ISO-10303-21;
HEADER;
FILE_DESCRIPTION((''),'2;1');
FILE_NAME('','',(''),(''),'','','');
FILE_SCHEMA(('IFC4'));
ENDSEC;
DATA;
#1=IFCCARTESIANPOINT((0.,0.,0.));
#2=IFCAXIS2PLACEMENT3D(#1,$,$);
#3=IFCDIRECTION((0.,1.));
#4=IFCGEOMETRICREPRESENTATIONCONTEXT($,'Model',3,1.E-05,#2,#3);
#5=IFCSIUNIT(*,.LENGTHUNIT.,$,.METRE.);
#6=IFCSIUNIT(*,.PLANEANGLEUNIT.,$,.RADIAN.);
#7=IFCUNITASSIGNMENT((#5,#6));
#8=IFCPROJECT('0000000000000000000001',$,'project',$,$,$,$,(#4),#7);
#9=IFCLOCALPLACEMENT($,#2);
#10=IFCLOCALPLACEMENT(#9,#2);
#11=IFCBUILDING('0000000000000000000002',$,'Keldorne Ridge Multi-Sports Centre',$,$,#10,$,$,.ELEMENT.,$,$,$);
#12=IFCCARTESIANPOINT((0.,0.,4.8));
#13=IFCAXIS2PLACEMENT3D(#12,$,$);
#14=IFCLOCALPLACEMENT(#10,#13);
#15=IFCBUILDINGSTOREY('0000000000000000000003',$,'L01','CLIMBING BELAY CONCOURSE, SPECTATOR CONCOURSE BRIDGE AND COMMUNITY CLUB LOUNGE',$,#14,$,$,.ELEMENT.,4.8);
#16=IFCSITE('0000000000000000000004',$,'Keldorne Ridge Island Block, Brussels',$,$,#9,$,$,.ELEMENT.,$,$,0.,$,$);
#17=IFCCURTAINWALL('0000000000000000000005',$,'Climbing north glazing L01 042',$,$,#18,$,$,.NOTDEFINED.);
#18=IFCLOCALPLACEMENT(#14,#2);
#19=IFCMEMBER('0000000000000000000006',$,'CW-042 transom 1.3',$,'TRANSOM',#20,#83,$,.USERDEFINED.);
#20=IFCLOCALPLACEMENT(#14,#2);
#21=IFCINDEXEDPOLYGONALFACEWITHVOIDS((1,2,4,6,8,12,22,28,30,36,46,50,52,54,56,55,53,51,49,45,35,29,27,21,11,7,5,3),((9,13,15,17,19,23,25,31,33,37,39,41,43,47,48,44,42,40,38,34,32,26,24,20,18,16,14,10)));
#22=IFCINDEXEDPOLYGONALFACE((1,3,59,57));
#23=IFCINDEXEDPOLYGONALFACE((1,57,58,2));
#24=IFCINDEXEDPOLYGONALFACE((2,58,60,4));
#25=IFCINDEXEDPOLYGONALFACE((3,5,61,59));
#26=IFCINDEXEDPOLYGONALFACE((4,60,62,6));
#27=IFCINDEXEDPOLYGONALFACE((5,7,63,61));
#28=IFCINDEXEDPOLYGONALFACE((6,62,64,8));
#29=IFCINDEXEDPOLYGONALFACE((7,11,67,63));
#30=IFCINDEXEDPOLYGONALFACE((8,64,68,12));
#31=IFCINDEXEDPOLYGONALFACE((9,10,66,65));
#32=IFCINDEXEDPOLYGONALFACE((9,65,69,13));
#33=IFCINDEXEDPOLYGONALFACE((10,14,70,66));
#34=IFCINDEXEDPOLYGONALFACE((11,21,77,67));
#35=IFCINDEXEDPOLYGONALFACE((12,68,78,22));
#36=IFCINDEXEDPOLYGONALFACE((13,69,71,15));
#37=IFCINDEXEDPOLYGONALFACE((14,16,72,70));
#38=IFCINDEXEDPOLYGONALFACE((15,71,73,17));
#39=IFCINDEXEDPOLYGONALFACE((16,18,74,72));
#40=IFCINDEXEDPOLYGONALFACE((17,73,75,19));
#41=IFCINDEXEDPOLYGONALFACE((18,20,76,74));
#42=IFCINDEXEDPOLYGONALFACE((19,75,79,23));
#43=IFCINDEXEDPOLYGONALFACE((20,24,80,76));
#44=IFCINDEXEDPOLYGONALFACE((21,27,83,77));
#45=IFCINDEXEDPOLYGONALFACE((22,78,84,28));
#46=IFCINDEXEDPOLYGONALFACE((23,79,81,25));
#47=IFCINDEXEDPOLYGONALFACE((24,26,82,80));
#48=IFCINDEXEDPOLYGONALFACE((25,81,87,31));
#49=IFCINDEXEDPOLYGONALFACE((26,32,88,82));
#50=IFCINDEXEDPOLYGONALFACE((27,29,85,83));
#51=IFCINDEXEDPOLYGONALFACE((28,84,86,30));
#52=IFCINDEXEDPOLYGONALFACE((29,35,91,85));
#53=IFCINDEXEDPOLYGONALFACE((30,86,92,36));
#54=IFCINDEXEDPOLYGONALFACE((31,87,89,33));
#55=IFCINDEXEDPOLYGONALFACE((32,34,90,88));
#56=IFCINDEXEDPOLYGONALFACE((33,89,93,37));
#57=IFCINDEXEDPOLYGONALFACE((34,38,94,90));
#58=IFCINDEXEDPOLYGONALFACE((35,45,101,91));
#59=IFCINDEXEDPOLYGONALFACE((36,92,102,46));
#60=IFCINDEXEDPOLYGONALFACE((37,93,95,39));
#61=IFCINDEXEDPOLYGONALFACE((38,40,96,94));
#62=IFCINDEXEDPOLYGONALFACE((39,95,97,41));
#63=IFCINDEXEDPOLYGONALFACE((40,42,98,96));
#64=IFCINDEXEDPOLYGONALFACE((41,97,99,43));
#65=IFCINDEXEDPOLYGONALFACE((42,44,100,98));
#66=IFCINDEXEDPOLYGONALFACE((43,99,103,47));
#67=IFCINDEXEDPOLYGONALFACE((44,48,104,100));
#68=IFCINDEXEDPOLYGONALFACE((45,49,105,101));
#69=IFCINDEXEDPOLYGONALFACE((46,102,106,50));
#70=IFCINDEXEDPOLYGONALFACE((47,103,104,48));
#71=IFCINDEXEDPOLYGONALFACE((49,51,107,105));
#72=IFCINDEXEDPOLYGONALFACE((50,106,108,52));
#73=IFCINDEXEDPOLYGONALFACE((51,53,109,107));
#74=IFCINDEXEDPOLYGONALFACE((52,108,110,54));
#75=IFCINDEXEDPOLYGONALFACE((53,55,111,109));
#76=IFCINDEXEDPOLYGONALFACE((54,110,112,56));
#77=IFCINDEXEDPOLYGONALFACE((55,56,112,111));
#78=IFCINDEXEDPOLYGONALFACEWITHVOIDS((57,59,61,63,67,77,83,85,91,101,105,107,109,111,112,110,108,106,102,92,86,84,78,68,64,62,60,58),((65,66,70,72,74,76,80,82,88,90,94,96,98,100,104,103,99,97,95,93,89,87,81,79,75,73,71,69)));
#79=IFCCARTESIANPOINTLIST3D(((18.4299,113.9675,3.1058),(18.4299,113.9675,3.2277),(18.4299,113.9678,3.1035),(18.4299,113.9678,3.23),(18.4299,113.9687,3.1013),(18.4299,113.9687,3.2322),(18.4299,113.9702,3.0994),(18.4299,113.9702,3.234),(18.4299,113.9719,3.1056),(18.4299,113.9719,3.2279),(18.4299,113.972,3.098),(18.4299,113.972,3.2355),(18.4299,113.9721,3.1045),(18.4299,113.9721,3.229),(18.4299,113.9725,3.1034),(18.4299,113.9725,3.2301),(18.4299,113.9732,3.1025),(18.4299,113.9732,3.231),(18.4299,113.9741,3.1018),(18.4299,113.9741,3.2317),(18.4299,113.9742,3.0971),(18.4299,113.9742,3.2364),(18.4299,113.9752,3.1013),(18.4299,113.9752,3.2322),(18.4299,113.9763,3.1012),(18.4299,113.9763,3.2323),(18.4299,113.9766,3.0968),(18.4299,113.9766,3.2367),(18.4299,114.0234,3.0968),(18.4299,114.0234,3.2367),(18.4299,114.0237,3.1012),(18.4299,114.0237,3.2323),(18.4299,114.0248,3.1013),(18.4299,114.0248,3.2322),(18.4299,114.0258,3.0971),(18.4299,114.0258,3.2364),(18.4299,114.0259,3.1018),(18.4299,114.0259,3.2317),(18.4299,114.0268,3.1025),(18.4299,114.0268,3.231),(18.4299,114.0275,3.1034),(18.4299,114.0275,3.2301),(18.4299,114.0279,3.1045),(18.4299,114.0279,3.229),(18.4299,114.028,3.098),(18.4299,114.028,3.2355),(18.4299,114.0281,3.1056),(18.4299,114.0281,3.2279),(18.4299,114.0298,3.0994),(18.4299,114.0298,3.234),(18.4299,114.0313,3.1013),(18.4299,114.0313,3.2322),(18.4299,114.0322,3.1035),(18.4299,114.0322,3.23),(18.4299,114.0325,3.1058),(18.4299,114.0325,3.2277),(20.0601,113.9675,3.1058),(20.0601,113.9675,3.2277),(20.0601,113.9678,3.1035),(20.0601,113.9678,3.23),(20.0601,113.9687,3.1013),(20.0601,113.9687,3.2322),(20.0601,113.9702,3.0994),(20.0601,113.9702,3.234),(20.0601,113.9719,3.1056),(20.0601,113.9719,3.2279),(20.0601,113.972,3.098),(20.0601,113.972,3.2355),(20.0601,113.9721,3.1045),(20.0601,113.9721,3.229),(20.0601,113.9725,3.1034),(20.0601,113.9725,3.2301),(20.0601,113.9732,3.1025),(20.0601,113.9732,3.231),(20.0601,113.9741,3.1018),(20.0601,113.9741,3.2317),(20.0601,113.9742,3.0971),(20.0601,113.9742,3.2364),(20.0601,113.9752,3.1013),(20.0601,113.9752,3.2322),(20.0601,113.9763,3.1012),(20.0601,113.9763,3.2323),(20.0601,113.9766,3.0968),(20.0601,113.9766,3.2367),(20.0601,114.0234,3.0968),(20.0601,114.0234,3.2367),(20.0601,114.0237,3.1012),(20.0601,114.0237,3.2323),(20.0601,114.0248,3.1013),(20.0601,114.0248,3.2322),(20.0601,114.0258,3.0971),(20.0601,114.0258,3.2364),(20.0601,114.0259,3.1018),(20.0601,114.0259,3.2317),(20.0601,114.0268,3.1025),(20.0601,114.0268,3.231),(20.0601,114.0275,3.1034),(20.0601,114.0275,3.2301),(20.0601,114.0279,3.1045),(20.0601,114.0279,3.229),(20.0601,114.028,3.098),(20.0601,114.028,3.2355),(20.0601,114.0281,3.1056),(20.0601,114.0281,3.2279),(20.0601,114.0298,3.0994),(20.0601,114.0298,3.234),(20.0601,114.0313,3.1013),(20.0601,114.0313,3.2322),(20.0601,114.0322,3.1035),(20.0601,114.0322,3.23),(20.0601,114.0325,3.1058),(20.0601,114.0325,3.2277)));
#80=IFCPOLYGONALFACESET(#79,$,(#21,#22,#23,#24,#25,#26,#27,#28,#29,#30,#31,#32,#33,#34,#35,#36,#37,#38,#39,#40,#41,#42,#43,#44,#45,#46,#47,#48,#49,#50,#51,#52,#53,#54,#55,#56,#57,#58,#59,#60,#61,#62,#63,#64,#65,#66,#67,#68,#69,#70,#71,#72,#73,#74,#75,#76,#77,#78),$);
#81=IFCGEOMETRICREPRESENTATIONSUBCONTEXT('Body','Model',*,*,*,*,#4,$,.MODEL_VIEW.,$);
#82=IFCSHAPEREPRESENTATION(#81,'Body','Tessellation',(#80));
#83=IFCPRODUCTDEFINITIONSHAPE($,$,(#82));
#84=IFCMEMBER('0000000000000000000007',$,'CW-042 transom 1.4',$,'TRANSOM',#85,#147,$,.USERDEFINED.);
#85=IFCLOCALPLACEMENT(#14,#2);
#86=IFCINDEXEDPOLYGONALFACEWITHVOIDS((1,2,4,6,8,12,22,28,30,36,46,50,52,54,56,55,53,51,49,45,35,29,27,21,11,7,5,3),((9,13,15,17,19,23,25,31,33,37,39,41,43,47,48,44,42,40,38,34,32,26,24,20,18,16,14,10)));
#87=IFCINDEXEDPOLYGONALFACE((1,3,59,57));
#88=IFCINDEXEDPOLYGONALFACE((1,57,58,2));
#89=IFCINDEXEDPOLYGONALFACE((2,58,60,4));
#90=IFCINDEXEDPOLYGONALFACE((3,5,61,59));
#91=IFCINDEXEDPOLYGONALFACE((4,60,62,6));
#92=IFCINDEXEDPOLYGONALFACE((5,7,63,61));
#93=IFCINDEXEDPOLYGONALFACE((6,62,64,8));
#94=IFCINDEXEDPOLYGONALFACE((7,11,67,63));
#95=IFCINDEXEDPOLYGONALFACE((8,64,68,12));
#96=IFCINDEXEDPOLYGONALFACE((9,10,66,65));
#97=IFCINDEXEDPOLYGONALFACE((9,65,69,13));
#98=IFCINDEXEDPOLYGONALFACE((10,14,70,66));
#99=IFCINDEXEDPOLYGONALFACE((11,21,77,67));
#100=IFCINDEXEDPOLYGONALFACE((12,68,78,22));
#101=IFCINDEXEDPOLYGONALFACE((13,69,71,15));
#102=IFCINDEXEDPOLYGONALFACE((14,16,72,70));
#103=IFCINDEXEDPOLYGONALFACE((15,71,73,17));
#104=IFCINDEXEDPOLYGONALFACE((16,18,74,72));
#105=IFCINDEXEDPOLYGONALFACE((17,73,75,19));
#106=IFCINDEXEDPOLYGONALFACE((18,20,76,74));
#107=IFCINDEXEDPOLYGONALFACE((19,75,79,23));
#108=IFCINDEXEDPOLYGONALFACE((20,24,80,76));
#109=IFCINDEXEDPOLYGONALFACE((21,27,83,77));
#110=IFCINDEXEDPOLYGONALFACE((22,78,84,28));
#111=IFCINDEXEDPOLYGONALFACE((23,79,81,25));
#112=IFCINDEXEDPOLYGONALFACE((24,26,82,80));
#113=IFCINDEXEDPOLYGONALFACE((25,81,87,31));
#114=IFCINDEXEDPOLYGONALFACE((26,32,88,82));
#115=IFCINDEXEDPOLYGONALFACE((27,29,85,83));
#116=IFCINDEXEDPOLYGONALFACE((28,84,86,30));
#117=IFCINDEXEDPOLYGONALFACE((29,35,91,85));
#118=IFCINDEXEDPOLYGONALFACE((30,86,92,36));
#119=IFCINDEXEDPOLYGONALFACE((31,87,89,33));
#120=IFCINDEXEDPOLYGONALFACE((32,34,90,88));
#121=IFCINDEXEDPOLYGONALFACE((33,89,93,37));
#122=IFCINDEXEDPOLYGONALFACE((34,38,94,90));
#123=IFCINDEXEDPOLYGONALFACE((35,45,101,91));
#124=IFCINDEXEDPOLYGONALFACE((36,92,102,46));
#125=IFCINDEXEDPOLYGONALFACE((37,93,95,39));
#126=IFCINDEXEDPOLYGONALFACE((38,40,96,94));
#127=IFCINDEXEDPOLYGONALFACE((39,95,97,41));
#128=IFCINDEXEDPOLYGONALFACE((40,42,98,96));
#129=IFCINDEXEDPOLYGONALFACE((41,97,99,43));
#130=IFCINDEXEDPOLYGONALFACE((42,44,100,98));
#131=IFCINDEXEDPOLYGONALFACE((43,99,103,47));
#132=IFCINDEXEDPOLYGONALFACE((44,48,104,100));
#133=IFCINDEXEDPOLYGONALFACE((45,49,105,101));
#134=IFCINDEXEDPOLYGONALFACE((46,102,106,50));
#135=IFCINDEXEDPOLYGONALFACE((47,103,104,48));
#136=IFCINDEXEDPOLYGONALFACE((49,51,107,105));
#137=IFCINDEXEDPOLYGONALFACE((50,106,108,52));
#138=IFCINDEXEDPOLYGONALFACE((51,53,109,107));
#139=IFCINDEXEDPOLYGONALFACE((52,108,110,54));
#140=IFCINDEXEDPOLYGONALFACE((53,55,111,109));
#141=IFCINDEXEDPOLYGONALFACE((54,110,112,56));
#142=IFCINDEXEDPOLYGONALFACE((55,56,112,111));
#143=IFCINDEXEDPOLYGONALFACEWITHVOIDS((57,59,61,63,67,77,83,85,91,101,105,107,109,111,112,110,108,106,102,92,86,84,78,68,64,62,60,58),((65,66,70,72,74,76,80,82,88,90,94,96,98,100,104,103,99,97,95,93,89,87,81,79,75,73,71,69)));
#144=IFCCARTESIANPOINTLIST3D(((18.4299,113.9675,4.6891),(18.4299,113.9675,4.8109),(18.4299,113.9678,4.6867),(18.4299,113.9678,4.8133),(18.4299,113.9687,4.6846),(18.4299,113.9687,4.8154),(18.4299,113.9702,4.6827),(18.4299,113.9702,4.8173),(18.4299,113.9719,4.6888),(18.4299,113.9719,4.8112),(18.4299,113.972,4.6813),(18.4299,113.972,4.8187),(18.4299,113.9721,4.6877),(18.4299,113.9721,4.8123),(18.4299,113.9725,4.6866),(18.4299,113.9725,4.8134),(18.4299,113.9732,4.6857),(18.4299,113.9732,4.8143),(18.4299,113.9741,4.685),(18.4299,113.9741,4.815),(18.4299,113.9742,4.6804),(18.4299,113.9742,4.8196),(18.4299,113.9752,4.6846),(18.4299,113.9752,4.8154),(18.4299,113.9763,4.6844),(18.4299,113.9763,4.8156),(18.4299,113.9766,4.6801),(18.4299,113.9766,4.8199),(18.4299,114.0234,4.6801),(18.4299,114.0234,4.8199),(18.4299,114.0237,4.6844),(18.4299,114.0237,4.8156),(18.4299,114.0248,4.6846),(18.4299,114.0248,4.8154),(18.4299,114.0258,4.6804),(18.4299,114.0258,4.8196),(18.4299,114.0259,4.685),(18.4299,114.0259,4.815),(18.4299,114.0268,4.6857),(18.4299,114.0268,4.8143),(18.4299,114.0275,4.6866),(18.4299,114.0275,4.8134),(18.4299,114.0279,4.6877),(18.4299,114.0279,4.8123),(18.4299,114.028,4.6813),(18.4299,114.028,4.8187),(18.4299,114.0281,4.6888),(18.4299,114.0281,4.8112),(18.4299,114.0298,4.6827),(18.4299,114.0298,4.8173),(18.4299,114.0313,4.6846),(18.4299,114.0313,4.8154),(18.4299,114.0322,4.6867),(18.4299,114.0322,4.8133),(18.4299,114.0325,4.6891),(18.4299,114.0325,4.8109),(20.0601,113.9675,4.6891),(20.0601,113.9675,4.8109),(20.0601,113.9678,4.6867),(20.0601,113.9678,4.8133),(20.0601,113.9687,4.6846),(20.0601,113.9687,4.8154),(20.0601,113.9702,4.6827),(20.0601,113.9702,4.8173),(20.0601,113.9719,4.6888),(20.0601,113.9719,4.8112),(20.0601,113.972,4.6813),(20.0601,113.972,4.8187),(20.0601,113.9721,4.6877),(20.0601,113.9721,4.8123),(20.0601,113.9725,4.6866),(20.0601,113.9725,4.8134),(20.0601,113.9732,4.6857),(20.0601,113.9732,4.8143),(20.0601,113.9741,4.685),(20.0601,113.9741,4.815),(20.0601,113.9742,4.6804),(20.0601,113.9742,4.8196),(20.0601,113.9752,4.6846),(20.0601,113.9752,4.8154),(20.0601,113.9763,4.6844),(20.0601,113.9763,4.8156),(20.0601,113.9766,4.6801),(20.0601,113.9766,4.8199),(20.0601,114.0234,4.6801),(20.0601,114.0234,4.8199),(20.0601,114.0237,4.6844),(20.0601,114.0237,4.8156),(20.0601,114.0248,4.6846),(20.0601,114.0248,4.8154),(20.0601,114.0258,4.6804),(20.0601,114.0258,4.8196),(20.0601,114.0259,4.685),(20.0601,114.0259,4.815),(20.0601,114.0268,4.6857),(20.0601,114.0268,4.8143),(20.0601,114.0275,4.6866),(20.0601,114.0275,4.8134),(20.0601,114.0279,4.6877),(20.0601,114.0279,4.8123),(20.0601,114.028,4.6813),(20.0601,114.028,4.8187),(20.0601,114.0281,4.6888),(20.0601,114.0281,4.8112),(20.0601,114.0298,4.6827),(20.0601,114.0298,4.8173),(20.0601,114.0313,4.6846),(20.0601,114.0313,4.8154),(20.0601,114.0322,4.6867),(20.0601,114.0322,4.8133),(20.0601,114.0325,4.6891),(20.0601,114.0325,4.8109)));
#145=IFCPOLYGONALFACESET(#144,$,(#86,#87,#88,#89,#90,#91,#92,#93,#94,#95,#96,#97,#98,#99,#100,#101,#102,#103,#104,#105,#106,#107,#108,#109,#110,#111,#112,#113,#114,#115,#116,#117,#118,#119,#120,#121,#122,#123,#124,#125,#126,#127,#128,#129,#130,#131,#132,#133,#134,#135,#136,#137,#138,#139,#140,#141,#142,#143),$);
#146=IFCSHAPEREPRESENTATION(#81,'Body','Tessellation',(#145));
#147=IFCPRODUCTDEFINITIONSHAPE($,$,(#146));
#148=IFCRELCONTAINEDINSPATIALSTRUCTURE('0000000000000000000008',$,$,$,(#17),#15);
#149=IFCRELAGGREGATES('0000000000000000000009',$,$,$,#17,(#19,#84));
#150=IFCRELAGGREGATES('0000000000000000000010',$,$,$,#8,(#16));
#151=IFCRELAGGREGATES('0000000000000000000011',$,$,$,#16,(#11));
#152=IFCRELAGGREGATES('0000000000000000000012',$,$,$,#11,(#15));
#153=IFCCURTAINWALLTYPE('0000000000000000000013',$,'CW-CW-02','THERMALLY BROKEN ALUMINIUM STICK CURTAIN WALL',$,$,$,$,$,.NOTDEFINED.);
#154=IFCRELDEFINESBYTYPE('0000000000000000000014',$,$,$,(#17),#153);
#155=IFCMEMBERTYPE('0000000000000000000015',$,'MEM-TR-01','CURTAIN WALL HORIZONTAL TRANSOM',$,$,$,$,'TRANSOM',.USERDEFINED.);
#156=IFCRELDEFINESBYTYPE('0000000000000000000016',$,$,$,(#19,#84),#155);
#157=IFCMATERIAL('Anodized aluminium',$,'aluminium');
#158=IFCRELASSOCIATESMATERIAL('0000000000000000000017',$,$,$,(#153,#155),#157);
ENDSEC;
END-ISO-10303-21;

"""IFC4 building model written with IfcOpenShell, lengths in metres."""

from ifc_helpers import new_model, si_unit, direction, frame, origin, origin_2d, place, context, subcontext, project, spatial, hollow_rectangle, extrude, material, material_profile, profile_set, type_object, element, aggregate, save


model = new_model("IFC4")

# Units and contexts
model_context = context("Model", 3, precision=1e-05, world=origin(), true_north=direction((0.0, 1.0)))
body_context = subcontext(model_context, "Body", "Model", "MODEL_VIEW")
ifc_project = project(units=[si_unit("LENGTHUNIT", "METRE"), si_unit("PLANEANGLEUNIT", "RADIAN")], contexts=[model_context])

# Site, building, storey
site_placement = place(None, origin())
site = spatial("IfcSite", under=ifc_project, at=site_placement, Name="Keldorne Ridge Island Block, Brussels", CompositionType="ELEMENT", RefElevation=0.0)
building_placement = place(site_placement, origin())
building = spatial("IfcBuilding", under=site, at=building_placement, Name="Keldorne Ridge Multi-Sports Centre", CompositionType="ELEMENT")
storey_placement = place(building_placement, frame((0.0, 0.0, 4.8)))
storey = spatial("IfcBuildingStorey", under=building, at=storey_placement, Name="L01", Description="CLIMBING BELAY CONCOURSE, SPECTATOR CONCOURSE BRIDGE AND COMMUNITY CLUB LOUNGE", CompositionType="ELEMENT", Elevation=4.8)

# Curtain wall
ifc_material_1 = material(Name="Anodized aluminium", Category="aluminium")
curtain_wall_type_1 = type_object("IfcCurtainWallType", Name="CW-CW-02", Description="THERMALLY BROKEN ALUMINIUM STICK CURTAIN WALL", PredefinedType="NOTDEFINED", material=ifc_material_1)
curtain_wall_1_placement = place(storey_placement, origin())
curtain_wall_1 = element("IfcCurtainWall", 1, at=curtain_wall_1_placement, inside=storey, type_object=curtain_wall_type_1, Name="Climbing north glazing L01 042", PredefinedType="NOTDEFINED")

# Members
ifc_material_profile_1 = material_profile(ifc_material_1, hollow_rectangle(XDim=0.0649, YDim=0.1399, WallThickness=0.0044, InnerFilletRadius=0.0044, OuterFilletRadius=0.009, at=origin_2d()), Name="ALU TRANSOM 140x65x4.5")
ifc_profile_set_1 = profile_set([ifc_material_profile_1], Name="Anodized aluminium")
member_type_1 = type_object("IfcMemberType", Name="MEM-TR-01", Description="CURTAIN WALL HORIZONTAL TRANSOM", ElementType="TRANSOM", PredefinedType="USERDEFINED", material=ifc_profile_set_1)
member_1_placement = place(storey_placement, frame((20.0601, 114.0, 3.1667), z_axis=(-1.0, 0.0, 0.0), x_axis=(0.0, -1.0, 0.0)))
member_1 = element("IfcMember", 2, at=member_1_placement, type_object=member_type_1, Name="CW-042 transom 1.3", ObjectType="TRANSOM", PredefinedType="USERDEFINED", context=body_context, shape_type="SweptSolid", body=[
    extrude(hollow_rectangle(XDim=0.0649, YDim=0.1399, WallThickness=0.0044, InnerFilletRadius=0.0044, OuterFilletRadius=0.009, at=origin_2d()), origin(), (0.0, 0.0, 1.0), 1.6301),
])
member_2_placement = place(storey_placement, frame((20.0601, 114.0, 4.75), z_axis=(-1.0, 0.0, 0.0), x_axis=(0.0, -1.0, 0.0)))
member_2 = element("IfcMember", 3, at=member_2_placement, type_object=member_type_1, Name="CW-042 transom 1.4", ObjectType="TRANSOM", PredefinedType="USERDEFINED", context=body_context, shape_type="SweptSolid", body=[
    extrude(hollow_rectangle(XDim=0.0649, YDim=0.1399, WallThickness=0.0044, InnerFilletRadius=0.0044, OuterFilletRadius=0.009, at=origin_2d()), origin(), (0.0, 0.0, 1.0), 1.6301),
])

aggregate(curtain_wall_1, [member_1, member_2])

save(model, "model.ifc")
